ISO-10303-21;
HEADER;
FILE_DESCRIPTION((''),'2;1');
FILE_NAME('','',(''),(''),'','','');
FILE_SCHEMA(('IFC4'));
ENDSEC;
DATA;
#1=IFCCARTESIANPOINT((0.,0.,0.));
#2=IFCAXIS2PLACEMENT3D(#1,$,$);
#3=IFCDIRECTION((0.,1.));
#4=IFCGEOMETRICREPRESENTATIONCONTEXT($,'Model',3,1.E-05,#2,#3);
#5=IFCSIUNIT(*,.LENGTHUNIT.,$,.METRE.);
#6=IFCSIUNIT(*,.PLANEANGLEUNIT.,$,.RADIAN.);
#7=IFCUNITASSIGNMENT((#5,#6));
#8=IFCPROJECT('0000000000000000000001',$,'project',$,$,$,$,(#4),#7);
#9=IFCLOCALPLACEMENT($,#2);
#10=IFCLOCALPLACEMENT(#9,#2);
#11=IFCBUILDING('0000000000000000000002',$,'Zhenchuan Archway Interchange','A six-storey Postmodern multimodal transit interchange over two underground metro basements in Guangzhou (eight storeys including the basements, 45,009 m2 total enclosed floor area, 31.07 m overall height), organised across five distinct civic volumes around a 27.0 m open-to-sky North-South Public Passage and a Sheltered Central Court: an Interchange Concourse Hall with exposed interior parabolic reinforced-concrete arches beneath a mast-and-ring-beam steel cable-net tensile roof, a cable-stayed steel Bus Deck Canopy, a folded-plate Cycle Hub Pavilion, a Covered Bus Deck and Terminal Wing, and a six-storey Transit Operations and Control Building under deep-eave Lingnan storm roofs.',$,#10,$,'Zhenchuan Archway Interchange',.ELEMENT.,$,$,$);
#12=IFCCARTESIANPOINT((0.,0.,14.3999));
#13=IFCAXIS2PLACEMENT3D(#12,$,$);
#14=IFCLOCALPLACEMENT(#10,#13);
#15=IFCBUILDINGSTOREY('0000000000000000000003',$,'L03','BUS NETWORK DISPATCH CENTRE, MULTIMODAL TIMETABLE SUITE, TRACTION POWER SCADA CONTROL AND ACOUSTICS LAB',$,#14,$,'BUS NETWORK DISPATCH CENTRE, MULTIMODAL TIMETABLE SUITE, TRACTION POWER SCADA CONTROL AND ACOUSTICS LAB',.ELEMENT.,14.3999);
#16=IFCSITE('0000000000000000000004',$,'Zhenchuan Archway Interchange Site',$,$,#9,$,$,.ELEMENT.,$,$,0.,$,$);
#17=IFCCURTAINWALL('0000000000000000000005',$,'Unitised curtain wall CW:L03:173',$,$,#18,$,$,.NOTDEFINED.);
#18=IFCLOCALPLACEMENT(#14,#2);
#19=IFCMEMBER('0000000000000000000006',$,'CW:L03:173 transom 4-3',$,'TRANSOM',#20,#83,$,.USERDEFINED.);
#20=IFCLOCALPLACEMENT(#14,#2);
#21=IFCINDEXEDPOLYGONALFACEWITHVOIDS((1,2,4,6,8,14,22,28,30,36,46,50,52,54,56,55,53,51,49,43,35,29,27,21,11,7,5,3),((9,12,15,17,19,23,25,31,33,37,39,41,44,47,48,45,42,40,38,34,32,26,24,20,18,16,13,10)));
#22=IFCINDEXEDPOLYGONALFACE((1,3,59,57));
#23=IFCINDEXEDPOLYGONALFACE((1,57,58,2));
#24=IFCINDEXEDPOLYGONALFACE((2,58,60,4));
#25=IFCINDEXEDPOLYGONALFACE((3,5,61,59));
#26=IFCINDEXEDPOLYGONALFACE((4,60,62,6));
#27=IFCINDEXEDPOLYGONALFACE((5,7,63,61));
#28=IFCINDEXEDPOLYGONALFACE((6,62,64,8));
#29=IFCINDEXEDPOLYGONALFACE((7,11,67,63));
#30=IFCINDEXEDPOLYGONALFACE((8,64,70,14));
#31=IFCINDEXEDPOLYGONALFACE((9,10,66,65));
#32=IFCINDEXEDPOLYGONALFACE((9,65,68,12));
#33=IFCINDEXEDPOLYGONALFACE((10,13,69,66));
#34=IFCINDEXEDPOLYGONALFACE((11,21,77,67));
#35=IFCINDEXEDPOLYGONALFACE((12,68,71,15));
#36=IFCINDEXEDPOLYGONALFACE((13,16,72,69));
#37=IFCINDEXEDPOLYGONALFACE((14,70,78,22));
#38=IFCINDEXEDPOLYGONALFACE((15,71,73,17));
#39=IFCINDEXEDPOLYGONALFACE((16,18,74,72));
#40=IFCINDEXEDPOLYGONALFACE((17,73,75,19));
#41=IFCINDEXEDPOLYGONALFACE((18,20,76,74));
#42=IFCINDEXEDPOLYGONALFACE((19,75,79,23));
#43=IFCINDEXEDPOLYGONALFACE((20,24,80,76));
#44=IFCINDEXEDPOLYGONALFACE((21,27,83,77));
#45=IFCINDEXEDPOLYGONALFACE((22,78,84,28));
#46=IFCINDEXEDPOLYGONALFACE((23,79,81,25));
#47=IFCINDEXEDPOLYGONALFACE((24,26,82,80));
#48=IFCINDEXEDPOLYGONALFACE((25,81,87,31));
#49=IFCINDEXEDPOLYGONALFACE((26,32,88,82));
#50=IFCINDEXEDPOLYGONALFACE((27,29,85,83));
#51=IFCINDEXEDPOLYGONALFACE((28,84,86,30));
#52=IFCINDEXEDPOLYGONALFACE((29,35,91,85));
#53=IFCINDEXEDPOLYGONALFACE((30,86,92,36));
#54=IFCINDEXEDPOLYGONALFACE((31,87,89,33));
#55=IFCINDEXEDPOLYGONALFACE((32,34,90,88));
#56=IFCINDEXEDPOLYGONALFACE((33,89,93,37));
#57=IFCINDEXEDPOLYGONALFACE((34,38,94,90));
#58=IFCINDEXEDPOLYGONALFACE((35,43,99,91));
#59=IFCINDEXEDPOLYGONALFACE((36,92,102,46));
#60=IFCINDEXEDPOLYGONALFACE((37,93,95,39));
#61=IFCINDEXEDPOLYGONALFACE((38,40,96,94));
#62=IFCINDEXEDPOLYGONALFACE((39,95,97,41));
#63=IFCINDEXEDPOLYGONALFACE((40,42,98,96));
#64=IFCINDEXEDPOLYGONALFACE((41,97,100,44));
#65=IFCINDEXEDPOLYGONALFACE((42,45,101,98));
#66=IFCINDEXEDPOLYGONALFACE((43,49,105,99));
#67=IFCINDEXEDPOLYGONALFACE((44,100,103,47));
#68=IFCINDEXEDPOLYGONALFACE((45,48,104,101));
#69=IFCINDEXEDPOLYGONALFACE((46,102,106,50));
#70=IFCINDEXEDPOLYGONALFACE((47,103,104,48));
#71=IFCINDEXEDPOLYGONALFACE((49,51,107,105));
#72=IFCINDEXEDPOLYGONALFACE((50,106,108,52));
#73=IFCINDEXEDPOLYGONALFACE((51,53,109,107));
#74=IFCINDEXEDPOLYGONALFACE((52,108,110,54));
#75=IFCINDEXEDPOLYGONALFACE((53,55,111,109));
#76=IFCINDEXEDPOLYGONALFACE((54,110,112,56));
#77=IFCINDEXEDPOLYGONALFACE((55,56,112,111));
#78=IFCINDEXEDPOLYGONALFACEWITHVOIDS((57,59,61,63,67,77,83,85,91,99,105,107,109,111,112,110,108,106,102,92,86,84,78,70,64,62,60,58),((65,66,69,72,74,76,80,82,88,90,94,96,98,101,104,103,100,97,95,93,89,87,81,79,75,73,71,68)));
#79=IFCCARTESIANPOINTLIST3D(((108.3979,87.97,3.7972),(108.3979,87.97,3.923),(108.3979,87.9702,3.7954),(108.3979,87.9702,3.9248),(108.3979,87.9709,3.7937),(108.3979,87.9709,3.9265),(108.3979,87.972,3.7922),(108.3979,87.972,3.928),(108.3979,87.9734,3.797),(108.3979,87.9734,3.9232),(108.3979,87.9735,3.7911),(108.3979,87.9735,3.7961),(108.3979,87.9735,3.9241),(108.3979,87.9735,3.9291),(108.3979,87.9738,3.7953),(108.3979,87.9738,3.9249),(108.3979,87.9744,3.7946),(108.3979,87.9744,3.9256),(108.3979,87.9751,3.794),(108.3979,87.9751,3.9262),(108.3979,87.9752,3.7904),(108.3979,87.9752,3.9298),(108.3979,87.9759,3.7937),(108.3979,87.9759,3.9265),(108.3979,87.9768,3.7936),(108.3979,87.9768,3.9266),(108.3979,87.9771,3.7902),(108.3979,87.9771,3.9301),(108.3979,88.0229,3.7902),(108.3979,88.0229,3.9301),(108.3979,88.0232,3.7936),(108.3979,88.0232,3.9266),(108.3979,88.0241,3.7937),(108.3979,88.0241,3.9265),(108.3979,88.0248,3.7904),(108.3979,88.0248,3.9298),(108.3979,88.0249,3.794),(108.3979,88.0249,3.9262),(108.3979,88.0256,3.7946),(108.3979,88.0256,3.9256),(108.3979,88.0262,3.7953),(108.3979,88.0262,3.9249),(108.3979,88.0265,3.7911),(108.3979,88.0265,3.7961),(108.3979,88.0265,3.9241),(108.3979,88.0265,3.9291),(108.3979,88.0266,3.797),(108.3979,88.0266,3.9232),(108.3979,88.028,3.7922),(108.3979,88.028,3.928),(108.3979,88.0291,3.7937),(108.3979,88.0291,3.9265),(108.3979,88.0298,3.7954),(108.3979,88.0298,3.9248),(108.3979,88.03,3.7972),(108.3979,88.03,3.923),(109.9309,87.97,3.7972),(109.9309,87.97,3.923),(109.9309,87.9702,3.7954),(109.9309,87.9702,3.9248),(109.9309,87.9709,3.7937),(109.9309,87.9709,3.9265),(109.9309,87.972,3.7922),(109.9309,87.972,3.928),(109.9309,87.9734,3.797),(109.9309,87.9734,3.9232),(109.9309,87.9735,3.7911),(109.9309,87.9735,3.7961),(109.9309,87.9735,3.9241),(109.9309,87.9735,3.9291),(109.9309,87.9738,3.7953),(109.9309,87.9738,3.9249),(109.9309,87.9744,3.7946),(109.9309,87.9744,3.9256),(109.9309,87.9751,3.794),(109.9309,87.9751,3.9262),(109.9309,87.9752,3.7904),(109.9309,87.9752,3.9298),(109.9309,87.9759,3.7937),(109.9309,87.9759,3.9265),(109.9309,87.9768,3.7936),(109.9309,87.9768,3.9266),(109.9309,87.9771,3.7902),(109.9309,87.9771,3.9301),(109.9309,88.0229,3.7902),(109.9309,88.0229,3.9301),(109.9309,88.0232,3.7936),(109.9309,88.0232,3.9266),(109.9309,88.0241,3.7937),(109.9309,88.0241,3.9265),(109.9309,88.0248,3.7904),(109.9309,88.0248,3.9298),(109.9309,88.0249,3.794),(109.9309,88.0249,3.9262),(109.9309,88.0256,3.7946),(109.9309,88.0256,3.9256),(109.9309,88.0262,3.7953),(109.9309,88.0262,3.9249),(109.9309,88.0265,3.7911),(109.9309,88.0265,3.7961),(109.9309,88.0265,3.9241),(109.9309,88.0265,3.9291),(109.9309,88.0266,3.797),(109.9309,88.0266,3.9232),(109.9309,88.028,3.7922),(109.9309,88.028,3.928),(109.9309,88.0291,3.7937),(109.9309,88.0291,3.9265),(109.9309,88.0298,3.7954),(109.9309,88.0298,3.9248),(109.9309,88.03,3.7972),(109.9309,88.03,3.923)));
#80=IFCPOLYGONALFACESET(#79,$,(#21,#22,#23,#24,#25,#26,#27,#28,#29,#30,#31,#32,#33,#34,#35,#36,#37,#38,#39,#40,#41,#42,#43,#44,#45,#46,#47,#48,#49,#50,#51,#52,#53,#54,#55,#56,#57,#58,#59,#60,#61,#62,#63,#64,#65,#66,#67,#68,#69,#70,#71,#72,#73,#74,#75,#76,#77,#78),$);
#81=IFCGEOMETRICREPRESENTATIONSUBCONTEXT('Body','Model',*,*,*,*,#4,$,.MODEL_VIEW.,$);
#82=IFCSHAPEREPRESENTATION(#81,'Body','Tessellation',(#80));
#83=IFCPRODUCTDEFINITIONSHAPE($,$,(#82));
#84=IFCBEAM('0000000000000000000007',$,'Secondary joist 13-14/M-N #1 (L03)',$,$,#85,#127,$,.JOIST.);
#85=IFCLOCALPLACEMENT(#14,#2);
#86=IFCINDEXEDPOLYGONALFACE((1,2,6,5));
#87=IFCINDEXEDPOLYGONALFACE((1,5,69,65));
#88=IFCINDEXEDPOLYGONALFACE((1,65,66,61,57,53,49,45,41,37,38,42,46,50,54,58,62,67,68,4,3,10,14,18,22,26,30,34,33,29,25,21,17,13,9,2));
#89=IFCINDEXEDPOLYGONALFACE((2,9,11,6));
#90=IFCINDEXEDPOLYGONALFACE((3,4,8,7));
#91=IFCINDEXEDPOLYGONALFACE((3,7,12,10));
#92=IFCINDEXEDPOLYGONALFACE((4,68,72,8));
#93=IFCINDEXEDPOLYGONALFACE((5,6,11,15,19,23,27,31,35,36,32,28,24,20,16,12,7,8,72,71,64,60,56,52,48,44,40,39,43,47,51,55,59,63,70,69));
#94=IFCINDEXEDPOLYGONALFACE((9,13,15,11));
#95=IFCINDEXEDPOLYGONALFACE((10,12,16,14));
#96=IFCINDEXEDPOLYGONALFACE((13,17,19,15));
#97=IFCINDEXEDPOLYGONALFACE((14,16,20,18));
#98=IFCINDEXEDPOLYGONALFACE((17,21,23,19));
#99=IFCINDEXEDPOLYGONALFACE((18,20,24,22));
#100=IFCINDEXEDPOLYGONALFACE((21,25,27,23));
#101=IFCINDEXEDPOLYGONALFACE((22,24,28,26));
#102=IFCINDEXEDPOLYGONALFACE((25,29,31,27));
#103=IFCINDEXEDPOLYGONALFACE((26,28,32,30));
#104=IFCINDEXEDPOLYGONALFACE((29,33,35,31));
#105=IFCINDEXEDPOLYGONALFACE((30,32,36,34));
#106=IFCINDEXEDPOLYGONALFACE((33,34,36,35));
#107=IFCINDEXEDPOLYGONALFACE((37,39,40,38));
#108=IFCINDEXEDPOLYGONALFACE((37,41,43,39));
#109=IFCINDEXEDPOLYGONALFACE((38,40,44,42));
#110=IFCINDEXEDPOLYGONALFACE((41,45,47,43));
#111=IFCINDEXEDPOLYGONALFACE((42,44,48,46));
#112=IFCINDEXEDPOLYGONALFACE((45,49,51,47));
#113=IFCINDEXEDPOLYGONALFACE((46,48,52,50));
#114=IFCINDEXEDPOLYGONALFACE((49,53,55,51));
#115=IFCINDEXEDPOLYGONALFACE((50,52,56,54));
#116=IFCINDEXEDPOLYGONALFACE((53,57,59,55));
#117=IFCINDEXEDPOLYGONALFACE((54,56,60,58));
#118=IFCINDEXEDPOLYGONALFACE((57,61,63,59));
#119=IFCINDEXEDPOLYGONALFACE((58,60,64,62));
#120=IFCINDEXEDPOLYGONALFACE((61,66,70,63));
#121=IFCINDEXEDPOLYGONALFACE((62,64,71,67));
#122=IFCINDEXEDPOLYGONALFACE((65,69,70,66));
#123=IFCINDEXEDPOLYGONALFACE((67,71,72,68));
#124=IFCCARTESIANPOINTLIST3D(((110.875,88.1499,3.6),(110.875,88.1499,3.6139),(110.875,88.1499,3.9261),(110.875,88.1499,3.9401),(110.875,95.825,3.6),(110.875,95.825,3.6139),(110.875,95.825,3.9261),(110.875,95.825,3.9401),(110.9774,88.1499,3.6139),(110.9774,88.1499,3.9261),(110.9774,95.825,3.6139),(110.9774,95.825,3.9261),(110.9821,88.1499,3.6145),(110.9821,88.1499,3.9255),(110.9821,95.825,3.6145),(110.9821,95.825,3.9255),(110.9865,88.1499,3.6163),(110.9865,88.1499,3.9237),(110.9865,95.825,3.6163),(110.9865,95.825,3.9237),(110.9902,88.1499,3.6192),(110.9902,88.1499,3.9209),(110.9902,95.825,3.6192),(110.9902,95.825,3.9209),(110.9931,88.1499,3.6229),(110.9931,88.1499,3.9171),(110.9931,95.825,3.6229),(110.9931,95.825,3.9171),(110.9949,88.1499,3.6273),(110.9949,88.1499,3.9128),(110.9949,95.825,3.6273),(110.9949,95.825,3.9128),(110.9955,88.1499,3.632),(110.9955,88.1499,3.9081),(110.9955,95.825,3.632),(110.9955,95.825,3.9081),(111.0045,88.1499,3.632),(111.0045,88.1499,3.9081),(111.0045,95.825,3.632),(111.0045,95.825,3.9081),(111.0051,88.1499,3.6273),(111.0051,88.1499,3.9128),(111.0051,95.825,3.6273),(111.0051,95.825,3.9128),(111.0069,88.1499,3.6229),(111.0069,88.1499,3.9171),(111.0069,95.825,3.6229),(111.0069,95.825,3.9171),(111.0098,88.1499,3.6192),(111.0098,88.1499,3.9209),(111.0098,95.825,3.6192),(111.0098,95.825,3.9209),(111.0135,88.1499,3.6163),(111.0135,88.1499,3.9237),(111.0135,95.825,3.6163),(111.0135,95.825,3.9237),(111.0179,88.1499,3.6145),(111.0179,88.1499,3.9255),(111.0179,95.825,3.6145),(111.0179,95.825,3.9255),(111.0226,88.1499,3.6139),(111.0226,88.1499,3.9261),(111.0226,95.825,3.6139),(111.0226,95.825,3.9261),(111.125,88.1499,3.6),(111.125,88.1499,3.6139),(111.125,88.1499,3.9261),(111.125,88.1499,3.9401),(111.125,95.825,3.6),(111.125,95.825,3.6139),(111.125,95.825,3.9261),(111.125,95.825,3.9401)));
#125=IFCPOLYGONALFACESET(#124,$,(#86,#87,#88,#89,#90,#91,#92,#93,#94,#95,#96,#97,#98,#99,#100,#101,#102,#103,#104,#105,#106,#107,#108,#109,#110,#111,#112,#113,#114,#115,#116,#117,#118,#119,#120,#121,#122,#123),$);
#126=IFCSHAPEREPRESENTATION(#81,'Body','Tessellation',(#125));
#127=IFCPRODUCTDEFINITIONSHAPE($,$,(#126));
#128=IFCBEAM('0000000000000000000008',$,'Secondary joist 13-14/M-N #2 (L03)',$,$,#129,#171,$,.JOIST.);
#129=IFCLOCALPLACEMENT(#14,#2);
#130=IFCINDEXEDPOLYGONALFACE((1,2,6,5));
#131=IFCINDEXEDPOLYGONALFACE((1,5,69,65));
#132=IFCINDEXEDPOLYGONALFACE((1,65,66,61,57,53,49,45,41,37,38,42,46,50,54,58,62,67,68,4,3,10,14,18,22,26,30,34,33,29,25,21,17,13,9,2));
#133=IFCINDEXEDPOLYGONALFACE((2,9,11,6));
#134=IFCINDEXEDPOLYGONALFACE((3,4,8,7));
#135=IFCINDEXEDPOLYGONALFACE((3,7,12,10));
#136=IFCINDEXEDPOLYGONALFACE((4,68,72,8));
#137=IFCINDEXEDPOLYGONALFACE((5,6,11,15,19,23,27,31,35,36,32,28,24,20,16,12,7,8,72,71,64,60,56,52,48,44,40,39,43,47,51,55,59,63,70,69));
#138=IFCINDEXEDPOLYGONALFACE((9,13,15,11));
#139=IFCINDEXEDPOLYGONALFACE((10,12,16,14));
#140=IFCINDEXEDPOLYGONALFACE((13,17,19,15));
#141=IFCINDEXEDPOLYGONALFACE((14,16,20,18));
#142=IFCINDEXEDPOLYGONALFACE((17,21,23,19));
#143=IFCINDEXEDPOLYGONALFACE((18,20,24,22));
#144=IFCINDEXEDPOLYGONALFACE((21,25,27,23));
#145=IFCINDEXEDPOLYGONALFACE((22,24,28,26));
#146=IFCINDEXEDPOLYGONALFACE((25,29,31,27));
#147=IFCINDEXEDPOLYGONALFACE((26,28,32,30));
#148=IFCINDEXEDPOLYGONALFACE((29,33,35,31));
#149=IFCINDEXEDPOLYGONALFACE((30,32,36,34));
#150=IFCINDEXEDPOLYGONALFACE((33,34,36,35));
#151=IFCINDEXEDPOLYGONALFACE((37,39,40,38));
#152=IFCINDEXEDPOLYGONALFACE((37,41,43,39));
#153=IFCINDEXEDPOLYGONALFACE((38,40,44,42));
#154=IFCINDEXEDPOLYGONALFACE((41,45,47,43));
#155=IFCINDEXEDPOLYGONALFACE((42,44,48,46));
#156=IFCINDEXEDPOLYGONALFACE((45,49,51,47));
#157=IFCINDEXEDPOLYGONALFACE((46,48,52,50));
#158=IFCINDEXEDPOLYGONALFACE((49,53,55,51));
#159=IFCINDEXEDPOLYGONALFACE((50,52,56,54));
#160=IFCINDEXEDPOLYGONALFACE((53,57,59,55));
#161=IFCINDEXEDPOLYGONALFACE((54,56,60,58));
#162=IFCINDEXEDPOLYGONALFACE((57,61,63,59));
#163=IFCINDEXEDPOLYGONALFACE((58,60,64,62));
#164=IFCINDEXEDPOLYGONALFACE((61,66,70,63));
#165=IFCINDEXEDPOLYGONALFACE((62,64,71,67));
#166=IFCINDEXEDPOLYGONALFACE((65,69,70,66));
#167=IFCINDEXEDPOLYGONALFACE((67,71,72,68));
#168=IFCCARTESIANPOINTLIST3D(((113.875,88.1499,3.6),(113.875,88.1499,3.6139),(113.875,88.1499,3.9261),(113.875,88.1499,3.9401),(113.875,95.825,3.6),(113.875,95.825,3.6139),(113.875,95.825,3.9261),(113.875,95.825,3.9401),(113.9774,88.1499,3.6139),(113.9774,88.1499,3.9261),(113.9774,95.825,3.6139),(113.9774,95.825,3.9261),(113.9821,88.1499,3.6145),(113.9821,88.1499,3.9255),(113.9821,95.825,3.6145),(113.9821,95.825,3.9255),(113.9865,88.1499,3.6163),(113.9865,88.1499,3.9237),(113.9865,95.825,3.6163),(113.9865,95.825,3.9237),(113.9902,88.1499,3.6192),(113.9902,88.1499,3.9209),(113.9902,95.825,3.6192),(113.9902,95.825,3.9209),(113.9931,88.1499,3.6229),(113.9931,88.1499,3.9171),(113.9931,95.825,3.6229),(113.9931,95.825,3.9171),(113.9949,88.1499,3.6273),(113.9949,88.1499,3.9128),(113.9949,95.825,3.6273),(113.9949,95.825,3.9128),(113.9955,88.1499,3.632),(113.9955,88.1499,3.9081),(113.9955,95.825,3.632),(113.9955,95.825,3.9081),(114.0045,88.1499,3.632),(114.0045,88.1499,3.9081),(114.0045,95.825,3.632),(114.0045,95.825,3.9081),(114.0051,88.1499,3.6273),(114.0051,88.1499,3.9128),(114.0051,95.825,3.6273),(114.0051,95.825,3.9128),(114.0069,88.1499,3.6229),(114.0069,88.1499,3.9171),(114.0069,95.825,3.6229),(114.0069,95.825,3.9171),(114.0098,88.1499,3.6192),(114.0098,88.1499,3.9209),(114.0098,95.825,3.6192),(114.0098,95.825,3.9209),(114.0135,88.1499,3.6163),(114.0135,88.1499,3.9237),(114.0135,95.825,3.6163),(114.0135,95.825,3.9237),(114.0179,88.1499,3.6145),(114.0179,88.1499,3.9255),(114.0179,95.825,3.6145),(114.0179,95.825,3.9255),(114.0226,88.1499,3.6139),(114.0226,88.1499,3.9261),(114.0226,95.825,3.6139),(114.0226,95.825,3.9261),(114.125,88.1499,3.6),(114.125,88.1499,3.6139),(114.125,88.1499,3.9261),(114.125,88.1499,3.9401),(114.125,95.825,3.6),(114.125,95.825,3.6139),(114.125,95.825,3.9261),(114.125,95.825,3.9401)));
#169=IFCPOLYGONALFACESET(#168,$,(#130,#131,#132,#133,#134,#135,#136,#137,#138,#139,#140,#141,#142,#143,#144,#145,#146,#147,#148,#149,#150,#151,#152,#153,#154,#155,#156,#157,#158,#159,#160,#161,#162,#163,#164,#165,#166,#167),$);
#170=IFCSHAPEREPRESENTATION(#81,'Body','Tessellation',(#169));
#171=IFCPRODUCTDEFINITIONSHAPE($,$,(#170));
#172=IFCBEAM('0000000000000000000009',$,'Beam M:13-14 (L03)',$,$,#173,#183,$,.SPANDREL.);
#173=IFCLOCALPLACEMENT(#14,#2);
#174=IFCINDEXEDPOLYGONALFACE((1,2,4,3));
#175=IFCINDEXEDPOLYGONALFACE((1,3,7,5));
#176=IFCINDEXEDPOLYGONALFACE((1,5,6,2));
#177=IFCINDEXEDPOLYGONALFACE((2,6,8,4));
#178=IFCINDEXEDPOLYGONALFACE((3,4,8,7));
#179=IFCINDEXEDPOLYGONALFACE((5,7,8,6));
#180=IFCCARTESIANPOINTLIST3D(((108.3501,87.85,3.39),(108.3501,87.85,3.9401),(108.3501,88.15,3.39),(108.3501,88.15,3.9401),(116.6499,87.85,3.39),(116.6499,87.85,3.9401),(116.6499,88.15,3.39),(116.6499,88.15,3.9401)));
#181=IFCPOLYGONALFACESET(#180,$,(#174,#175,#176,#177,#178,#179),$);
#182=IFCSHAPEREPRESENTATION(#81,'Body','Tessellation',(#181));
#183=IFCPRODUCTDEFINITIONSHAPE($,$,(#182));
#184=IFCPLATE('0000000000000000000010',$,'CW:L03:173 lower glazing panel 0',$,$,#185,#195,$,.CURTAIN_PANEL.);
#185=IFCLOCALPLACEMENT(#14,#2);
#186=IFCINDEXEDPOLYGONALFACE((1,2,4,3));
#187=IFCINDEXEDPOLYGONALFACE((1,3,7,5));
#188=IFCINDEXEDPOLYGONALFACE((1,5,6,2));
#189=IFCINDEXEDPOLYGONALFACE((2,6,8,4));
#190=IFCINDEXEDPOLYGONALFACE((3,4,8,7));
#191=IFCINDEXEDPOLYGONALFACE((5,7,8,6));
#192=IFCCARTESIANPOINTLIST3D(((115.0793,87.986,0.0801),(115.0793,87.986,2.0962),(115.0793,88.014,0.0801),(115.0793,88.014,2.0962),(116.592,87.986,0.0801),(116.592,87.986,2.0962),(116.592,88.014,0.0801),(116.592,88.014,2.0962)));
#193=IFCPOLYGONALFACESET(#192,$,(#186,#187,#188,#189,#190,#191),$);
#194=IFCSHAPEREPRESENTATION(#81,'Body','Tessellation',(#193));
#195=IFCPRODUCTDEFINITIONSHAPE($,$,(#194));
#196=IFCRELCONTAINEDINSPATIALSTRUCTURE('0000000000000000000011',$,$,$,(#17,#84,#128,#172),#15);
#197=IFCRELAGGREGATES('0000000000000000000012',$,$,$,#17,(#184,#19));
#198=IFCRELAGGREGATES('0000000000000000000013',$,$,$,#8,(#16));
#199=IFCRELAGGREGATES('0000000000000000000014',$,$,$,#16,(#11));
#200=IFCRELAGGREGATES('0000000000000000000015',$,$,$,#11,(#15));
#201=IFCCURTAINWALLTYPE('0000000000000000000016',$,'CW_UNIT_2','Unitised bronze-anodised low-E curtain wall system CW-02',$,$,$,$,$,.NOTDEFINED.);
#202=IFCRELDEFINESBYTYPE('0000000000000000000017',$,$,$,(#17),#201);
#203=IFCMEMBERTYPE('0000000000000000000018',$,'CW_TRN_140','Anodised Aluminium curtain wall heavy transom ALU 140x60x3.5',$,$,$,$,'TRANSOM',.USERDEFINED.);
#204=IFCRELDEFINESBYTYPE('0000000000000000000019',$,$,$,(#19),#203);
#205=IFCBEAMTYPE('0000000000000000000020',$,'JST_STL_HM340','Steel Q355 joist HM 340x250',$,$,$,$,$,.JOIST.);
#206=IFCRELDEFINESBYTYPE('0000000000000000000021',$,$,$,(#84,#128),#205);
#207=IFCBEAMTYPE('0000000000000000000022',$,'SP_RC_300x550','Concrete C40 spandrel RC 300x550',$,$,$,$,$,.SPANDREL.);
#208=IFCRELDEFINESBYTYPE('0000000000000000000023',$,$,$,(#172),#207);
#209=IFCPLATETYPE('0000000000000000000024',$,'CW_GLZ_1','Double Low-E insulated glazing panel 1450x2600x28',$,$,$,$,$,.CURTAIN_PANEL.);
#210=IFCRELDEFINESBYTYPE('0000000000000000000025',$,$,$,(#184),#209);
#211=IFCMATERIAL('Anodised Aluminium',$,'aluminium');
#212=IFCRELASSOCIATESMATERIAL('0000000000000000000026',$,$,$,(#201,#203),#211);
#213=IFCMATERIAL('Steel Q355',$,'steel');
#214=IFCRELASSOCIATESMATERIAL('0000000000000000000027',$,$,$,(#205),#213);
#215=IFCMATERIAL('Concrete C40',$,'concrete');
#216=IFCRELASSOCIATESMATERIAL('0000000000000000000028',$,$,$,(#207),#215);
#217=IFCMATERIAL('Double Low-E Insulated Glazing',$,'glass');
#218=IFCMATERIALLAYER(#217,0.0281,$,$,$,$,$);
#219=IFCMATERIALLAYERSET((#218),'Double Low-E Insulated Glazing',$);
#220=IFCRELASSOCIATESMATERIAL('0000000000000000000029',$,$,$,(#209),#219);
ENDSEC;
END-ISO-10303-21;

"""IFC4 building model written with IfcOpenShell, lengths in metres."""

from ifc_helpers import new_model, si_unit, direction, frame, origin, origin_2d, place, context, subcontext, project, spatial, rectangle, hollow_rectangle, i_section, extrude, material, layer, layer_set, material_profile, profile_set, type_object, element, aggregate, save


model = new_model("IFC4")

# Units and contexts
model_context = context("Model", 3, precision=1e-05, world=origin(), true_north=direction((0.0, 1.0)))
body_context = subcontext(model_context, "Body", "Model", "MODEL_VIEW")
ifc_project = project(units=[si_unit("LENGTHUNIT", "METRE"), si_unit("PLANEANGLEUNIT", "RADIAN")], contexts=[model_context])

# Site, building, storey
site_placement = place(None, origin())
site = spatial("IfcSite", under=ifc_project, at=site_placement, Name="Zhenchuan Archway Interchange Site", CompositionType="ELEMENT", RefElevation=0.0)
building_placement = place(site_placement, origin())
building = spatial("IfcBuilding", under=site, at=building_placement, Name="Zhenchuan Archway Interchange", Description="A six-storey Postmodern multimodal transit interchange over two underground metro basements in Guangzhou (eight storeys including the basements, 45,009 m2 total enclosed floor area, 31.07 m overall height), organised across five distinct civic volumes around a 27.0 m open-to-sky North-South Public Passage and a Sheltered Central Court: an Interchange Concourse Hall with exposed interior parabolic reinforced-concrete arches beneath a mast-and-ring-beam steel cable-net tensile roof, a cable-stayed steel Bus Deck Canopy, a folded-plate Cycle Hub Pavilion, a Covered Bus Deck and Terminal Wing, and a six-storey Transit Operations and Control Building under deep-eave Lingnan storm roofs.", LongName="Zhenchuan Archway Interchange", CompositionType="ELEMENT")
storey_placement = place(building_placement, frame((0.0, 0.0, 14.3999)))
storey = spatial("IfcBuildingStorey", under=building, at=storey_placement, Name="L03", Description="BUS NETWORK DISPATCH CENTRE, MULTIMODAL TIMETABLE SUITE, TRACTION POWER SCADA CONTROL AND ACOUSTICS LAB", LongName="BUS NETWORK DISPATCH CENTRE, MULTIMODAL TIMETABLE SUITE, TRACTION POWER SCADA CONTROL AND ACOUSTICS LAB", CompositionType="ELEMENT", Elevation=14.3999)

# Shared definitions
ifc_material_1 = material(Name="Concrete C40", Category="concrete")

# Curtain wall, member
ifc_material_2 = material(Name="Anodised Aluminium", Category="aluminium")
curtain_wall_type = type_object("IfcCurtainWallType", Name="CW_UNIT_2", Description="Unitised bronze-anodised low-E curtain wall system CW-02", PredefinedType="NOTDEFINED", material=ifc_material_2)
curtain_wall_placement = place(storey_placement, origin())
curtain_wall = element("IfcCurtainWall", 1, at=curtain_wall_placement, inside=storey, type_object=curtain_wall_type, Name="Unitised curtain wall CW:L03:173", PredefinedType="NOTDEFINED")
ifc_material_profile_1 = material_profile(ifc_material_2, hollow_rectangle(XDim=0.0601, YDim=0.1399, WallThickness=0.0034, InnerFilletRadius=0.0034, OuterFilletRadius=0.0071, at=origin_2d()), Name="ALU 140x60x3.5")
ifc_profile_set_1 = profile_set([ifc_material_profile_1], Name="Anodised Aluminium")
member_type_1 = type_object("IfcMemberType", Name="CW_TRN_140", Description="Anodised Aluminium curtain wall heavy transom ALU 140x60x3.5", ElementType="TRANSOM", PredefinedType="USERDEFINED", material=ifc_profile_set_1)
member_1_placement = place(storey_placement, frame((109.9309, 88.0, 3.8601), z_axis=(-1.0, 0.0, 0.0), x_axis=(0.0, -1.0, 0.0)))
member_1 = element("IfcMember", 2, at=member_1_placement, type_object=member_type_1, Name="CW:L03:173 transom 4-3", ObjectType="TRANSOM", PredefinedType="USERDEFINED", context=body_context, shape_type="SweptSolid", body=[
    extrude(hollow_rectangle(XDim=0.0601, YDim=0.1399, WallThickness=0.0034, InnerFilletRadius=0.0034, OuterFilletRadius=0.0071, at=origin_2d()), origin(), (0.0, 0.0, 1.0), 1.533),
])

# Beams
ifc_material_3 = material(Name="Steel Q355", Category="steel")
ifc_material_profile_2 = material_profile(ifc_material_3, i_section(OverallWidth=0.25, OverallDepth=0.3401, WebThickness=0.009, FlangeThickness=0.0139, FilletRadius=0.0181, at=origin_2d()), Name="HM 340x250")
ifc_profile_set_2 = profile_set([ifc_material_profile_2], Name="Steel Q355")
beam_type_1 = type_object("IfcBeamType", Name="JST_STL_HM340", Description="Steel Q355 joist HM 340x250", PredefinedType="JOIST", material=ifc_profile_set_2)
for number, where, z_axis, x_axis, name in (
    (3, (111.0, 88.1499, 3.77), (0.0, 1.0, 0.0), (-1.0, 0.0, 0.0), "Secondary joist 13-14/M-N #1 (L03)"),
    (4, (114.0, 88.1499, 3.77), (0.0, 1.0, 0.0), (-1.0, 0.0, 0.0), "Secondary joist 13-14/M-N #2 (L03)"),
):
    element("IfcBeam", number, at=place(storey_placement, frame(where, z_axis=z_axis, x_axis=x_axis)), inside=storey, type_object=beam_type_1, Name=name, PredefinedType="JOIST", context=body_context, shape_type="SweptSolid", body=[
        extrude(i_section(OverallWidth=0.25, OverallDepth=0.3401, WebThickness=0.009, FlangeThickness=0.0139, FilletRadius=0.0181, at=origin_2d()), origin(), (0.0, 0.0, 1.0), 7.675),
    ])
ifc_material_profile_3 = material_profile(ifc_material_1, rectangle(XDim=0.3, YDim=0.55, at=origin_2d()), Name="RC 300x550")
ifc_profile_set_3 = profile_set([ifc_material_profile_3], Name="Concrete C40")
beam_type_2 = type_object("IfcBeamType", Name="SP_RC_300x550", Description="Concrete C40 spandrel RC 300x550", PredefinedType="SPANDREL", material=ifc_profile_set_3)
beam_placement = place(storey_placement, frame((108.3501, 88.0, 3.665), z_axis=(1.0, 0.0, 0.0), x_axis=(0.0, 1.0, 0.0)))
element("IfcBeam", 5, at=beam_placement, inside=storey, type_object=beam_type_2, Name="Beam M:13-14 (L03)", PredefinedType="SPANDREL", context=body_context, shape_type="SweptSolid", body=[
    extrude(rectangle(XDim=0.3, YDim=0.55, at=origin_2d()), origin(), (0.0, 0.0, 1.0), 8.2998),
])

# Plate
ifc_material_4 = material(Name="Double Low-E Insulated Glazing", Category="glass")
ifc_layer_1 = layer(ifc_material_4, 0.0281)
ifc_layer_set_1 = layer_set([ifc_layer_1], Name="Double Low-E Insulated Glazing")
plate_type_1 = type_object("IfcPlateType", Name="CW_GLZ_1", Description="Double Low-E insulated glazing panel 1450x2600x28", PredefinedType="CURTAIN_PANEL", material=ifc_layer_set_1)
plate_1_placement = place(storey_placement, frame((115.8357, 88.0, 0.0801), z_axis=(0.0, 0.0, 1.0), x_axis=(-1.0, 0.0, 0.0)))
plate_1 = element("IfcPlate", 6, at=plate_1_placement, type_object=plate_type_1, Name="CW:L03:173 lower glazing panel 0", PredefinedType="CURTAIN_PANEL", context=body_context, shape_type="SweptSolid", body=[
    extrude(rectangle(XDim=1.5127, YDim=0.0281, at=origin_2d()), origin(), (0.0, 0.0, 1.0), 2.0161),
])
aggregate(curtain_wall, [plate_1, member_1])

save(model, "model.ifc")
